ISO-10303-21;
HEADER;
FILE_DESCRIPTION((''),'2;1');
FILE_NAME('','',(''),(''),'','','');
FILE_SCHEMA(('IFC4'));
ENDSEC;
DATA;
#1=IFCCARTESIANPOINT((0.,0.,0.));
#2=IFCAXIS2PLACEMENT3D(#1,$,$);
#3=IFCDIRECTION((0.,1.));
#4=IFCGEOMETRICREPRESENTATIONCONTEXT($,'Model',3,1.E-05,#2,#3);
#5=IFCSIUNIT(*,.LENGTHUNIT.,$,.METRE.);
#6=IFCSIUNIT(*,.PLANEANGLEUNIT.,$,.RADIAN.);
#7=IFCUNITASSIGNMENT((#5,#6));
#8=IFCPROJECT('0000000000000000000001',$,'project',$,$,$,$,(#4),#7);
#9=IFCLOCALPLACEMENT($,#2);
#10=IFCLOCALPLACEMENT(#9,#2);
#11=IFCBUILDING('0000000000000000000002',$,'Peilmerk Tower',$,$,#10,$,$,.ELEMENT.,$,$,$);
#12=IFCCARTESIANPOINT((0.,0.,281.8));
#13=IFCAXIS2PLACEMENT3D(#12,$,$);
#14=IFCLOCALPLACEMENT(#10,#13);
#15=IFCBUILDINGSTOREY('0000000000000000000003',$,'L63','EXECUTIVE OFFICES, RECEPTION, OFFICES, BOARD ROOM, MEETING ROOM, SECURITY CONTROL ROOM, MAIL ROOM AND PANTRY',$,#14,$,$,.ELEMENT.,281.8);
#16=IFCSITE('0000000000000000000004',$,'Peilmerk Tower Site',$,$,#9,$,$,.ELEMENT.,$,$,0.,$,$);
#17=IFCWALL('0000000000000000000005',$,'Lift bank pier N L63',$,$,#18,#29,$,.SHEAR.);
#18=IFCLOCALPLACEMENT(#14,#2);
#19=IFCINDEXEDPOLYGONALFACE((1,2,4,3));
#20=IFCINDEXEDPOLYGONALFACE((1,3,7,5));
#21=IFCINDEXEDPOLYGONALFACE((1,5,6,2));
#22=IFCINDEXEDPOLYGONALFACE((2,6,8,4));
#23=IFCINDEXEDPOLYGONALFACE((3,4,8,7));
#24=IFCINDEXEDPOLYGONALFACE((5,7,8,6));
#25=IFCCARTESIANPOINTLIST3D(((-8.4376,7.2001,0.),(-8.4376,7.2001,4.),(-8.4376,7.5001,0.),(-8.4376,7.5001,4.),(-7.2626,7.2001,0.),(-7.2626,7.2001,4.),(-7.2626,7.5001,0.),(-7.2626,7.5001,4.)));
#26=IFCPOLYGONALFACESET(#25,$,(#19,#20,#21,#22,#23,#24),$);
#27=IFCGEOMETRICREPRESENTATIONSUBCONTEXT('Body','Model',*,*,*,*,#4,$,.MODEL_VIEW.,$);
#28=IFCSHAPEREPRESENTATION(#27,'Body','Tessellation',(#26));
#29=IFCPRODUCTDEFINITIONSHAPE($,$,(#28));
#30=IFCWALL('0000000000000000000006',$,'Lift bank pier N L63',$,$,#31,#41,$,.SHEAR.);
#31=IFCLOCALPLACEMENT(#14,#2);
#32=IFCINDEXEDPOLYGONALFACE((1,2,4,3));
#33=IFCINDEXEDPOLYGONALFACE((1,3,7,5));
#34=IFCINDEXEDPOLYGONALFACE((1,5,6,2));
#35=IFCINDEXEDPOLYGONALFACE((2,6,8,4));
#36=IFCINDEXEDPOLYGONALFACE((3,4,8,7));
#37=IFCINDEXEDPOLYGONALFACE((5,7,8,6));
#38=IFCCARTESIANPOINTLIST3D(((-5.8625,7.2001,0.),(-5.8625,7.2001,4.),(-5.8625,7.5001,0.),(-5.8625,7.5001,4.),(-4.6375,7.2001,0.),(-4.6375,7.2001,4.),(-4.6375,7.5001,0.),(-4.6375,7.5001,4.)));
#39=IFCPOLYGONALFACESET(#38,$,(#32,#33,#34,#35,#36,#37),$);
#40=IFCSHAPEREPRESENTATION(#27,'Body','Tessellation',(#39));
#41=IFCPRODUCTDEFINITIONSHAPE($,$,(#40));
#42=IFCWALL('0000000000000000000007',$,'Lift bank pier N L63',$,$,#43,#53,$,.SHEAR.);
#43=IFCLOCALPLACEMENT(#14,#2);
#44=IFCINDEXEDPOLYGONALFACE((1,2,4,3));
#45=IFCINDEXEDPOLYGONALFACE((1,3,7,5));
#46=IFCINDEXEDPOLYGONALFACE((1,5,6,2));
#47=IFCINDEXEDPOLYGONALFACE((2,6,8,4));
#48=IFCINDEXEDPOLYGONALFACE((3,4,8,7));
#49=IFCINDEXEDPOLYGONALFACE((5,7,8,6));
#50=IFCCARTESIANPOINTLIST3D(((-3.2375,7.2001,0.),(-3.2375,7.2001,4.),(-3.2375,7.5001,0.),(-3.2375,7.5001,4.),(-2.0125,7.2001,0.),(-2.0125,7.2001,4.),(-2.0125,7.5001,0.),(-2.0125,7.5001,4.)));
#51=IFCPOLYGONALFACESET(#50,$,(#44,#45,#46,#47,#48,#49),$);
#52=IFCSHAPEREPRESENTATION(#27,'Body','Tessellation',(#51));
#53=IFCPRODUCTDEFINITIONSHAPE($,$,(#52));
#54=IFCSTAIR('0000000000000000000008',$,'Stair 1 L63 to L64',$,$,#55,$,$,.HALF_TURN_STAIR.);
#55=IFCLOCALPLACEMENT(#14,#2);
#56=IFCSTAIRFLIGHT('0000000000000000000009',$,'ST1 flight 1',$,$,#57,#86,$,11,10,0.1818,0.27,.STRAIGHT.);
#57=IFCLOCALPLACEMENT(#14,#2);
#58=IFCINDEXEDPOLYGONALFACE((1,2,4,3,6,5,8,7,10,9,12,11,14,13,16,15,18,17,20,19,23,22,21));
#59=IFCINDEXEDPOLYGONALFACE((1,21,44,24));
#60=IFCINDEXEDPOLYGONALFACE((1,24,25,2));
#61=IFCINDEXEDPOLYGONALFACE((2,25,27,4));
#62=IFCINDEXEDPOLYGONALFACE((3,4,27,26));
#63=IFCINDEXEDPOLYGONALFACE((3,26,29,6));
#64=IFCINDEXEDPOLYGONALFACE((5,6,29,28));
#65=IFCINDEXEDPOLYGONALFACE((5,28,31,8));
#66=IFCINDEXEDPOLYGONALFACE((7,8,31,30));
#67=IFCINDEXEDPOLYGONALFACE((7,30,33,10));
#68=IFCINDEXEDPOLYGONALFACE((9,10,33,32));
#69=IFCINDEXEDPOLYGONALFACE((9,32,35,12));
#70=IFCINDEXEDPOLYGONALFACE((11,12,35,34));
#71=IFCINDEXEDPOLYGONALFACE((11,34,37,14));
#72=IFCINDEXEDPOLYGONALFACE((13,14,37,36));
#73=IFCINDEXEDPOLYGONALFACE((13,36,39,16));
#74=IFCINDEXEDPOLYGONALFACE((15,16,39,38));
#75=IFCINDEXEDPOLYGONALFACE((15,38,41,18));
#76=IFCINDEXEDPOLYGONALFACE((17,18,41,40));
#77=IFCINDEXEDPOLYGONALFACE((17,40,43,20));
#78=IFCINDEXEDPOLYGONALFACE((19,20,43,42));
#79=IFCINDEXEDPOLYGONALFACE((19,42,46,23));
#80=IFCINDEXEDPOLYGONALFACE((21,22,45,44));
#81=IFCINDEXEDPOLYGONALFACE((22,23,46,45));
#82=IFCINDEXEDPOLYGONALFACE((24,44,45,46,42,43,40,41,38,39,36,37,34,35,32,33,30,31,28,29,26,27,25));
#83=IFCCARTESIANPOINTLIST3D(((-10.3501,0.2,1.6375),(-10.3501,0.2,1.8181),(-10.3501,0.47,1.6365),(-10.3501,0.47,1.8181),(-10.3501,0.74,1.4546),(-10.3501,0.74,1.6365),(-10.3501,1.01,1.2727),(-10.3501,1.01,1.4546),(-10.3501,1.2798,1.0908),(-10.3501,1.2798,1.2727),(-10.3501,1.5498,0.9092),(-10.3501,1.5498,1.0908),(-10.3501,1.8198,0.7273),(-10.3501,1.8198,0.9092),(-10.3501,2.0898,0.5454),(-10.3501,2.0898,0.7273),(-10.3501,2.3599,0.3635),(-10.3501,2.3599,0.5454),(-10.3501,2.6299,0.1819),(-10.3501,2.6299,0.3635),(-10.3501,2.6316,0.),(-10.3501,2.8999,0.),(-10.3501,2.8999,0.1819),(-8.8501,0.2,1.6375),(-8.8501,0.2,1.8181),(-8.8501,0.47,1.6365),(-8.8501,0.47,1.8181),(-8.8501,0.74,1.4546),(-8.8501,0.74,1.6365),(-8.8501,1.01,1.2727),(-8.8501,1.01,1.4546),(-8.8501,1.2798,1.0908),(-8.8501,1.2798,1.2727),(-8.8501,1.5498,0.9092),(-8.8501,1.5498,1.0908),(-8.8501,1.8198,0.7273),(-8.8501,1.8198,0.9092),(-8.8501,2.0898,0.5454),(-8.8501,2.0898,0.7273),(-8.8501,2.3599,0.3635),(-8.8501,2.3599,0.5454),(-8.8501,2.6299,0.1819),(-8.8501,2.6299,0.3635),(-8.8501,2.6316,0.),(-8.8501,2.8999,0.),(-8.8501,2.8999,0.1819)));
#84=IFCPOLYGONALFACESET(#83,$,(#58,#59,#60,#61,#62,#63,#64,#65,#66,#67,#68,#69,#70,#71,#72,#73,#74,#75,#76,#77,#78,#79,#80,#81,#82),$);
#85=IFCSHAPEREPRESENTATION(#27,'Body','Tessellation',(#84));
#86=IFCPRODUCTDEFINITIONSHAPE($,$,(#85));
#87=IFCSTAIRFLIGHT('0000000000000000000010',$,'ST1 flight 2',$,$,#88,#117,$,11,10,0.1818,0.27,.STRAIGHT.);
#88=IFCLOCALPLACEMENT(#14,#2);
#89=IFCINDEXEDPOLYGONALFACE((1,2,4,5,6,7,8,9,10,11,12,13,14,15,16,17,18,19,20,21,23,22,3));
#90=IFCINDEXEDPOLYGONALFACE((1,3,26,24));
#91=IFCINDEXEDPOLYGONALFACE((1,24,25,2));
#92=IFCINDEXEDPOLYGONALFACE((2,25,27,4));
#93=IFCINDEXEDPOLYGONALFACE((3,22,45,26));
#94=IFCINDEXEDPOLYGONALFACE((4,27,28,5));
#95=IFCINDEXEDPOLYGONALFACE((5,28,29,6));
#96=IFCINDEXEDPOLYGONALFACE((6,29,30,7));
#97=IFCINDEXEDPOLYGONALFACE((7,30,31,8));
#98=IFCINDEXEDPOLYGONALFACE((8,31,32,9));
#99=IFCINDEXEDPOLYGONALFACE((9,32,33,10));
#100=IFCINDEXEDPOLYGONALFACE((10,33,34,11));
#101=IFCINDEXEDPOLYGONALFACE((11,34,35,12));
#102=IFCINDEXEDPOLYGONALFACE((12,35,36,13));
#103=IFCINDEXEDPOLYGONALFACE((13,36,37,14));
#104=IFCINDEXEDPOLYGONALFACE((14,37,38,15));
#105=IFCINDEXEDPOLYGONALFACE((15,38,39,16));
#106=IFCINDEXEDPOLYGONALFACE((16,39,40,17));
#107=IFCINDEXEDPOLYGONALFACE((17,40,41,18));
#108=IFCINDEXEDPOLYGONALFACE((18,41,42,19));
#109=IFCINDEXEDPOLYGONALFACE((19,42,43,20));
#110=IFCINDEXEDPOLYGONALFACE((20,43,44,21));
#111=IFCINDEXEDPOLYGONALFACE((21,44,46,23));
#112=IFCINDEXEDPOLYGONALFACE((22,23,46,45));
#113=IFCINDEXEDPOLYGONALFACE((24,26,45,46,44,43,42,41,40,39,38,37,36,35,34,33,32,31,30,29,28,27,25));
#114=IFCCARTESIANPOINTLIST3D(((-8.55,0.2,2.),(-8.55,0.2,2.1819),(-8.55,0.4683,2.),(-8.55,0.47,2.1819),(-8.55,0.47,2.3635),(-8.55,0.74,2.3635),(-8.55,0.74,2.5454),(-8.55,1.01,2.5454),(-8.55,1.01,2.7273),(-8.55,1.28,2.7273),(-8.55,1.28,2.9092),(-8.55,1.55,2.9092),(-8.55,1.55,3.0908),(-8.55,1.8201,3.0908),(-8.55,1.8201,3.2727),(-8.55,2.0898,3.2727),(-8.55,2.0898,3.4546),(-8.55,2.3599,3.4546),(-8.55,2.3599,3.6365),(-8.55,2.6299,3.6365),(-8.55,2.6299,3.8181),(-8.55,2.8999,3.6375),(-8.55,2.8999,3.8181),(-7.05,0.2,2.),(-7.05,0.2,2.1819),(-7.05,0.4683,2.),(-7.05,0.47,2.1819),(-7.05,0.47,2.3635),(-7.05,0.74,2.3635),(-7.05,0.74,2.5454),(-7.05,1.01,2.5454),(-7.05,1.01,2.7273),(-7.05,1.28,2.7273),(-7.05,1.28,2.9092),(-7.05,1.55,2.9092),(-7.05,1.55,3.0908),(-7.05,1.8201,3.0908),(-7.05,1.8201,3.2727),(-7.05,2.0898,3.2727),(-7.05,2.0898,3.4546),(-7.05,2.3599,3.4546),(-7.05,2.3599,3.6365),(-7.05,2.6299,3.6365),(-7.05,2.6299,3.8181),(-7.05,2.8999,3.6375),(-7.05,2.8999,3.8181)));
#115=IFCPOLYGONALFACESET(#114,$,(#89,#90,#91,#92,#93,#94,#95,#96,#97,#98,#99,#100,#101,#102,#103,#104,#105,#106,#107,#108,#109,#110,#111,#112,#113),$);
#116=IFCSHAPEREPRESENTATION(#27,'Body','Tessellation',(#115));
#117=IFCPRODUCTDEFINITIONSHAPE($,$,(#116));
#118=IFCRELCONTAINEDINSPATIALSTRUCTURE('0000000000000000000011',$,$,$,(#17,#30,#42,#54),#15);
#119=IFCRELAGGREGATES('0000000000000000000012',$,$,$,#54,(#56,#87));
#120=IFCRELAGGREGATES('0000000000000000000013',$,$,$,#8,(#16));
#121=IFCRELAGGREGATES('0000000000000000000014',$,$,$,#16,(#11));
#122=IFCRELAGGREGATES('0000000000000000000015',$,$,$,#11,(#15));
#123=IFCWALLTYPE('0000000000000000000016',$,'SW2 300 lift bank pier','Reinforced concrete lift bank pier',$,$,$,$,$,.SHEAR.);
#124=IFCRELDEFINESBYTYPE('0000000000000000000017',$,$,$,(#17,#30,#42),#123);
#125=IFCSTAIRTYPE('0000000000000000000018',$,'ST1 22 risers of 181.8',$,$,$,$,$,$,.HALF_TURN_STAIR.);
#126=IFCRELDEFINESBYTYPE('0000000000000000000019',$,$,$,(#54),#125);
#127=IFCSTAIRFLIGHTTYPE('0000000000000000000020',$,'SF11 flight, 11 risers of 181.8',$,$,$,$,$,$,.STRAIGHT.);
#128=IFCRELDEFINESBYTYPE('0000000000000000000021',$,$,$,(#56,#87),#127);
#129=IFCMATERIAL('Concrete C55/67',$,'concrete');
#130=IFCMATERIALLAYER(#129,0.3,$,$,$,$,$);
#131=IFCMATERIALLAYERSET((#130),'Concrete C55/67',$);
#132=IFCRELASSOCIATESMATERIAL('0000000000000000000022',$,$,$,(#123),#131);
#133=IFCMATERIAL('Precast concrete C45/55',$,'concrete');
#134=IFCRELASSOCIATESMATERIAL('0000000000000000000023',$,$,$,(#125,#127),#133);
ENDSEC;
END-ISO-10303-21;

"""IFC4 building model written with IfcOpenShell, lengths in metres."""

from ifc_helpers import new_model, si_unit, direction, frame, frame_2d, origin, place, context, subcontext, project, spatial, polyline, rectangle, outline, extrude, material, layer, layer_set, type_object, element, aggregate, save


model = new_model("IFC4")

# Units and contexts
model_context = context("Model", 3, precision=1e-05, world=origin(), true_north=direction((0.0, 1.0)))
body_context = subcontext(model_context, "Body", "Model", "MODEL_VIEW")
ifc_project = project(units=[si_unit("LENGTHUNIT", "METRE"), si_unit("PLANEANGLEUNIT", "RADIAN")], contexts=[model_context])

# Site, building, storey
site_placement = place(None, origin())
site = spatial("IfcSite", under=ifc_project, at=site_placement, Name="Peilmerk Tower Site", CompositionType="ELEMENT", RefElevation=0.0)
building_placement = place(site_placement, origin())
building = spatial("IfcBuilding", under=site, at=building_placement, Name="Peilmerk Tower", CompositionType="ELEMENT")
storey_placement = place(building_placement, frame((0.0, 0.0, 281.8)))
storey = spatial("IfcBuildingStorey", under=building, at=storey_placement, Name="L63", Description="EXECUTIVE OFFICES, RECEPTION, OFFICES, BOARD ROOM, MEETING ROOM, SECURITY CONTROL ROOM, MAIL ROOM AND PANTRY", CompositionType="ELEMENT", Elevation=281.8)

# Shared definitions
ifc_material_1 = material(Name="Concrete C55/67", Category="concrete")

# Walls
ifc_layer_1 = layer(ifc_material_1, 0.3)
ifc_layer_set_1 = layer_set([ifc_layer_1], Name="Concrete C55/67")
wall_type_1 = type_object("IfcWallType", Name="SW2 300 lift bank pier", Description="Reinforced concrete lift bank pier", PredefinedType="SHEAR", material=ifc_layer_set_1)
wall_1_placement = place(storey_placement, frame((-8.4375, 7.3501, 0.0), z_axis=(0.0, 0.0, 1.0), x_axis=(1.0, 0.0, 0.0)))
element("IfcWall", 1, at=wall_1_placement, inside=storey, type_object=wall_type_1, Name="Lift bank pier N L63", PredefinedType="SHEAR", context=body_context, shape_type="SweptSolid", body=[
    extrude(rectangle(XDim=1.175, YDim=0.3, at=frame_2d((0.5874, 0.0))), origin(), (0.0, 0.0, 1.0), 4.0),
])
for number, where, z_axis, x_axis, name in (
    (2, (-5.8625, 7.3501, 0.0), (0.0, 0.0, 1.0), (1.0, 0.0, 0.0), "Lift bank pier N L63"),
    (3, (-3.2375, 7.3501, 0.0), (0.0, 0.0, 1.0), (1.0, 0.0, 0.0), "Lift bank pier N L63"),
):
    element("IfcWall", number, at=place(storey_placement, frame(where, z_axis=z_axis, x_axis=x_axis)), inside=storey, type_object=wall_type_1, Name=name, PredefinedType="SHEAR", context=body_context, shape_type="SweptSolid", body=[
        extrude(rectangle(XDim=1.2251, YDim=0.3, at=frame_2d((0.6125, 0.0))), origin(), (0.0, 0.0, 1.0), 4.0),
    ])

# Stair, stair flights
ifc_material_2 = material(Name="Precast concrete C45/55", Category="concrete")
stair_type = type_object("IfcStairType", Name="ST1 22 risers of 181.8", PredefinedType="HALF_TURN_STAIR", material=ifc_material_2)
stair_placement = place(storey_placement, origin())
stair = element("IfcStair", 4, at=stair_placement, inside=storey, type_object=stair_type, Name="Stair 1 L63 to L64", PredefinedType="HALF_TURN_STAIR")
stair_flight_type = type_object("IfcStairFlightType", Name="SF11 flight, 11 risers of 181.8", PredefinedType="STRAIGHT", material=ifc_material_2)
stair_flight_1_placement = place(storey_placement, frame((-9.6001, 2.8999, 0.0), z_axis=(0.0, 0.0, 1.0), x_axis=(0.0, -1.0, 0.0)))
stair_flight_1 = element("IfcStairFlight", 5, at=stair_flight_1_placement, type_object=stair_flight_type, Name="ST1 flight 1", NumberOfRisers=11, NumberOfTreads=10, PredefinedType="STRAIGHT", RiserHeight=0.1818, TreadLength=0.27, context=body_context, shape_type="SweptSolid", body=[
    extrude(outline(polyline([(0.0, 0.0), (0.0, 0.1819), (0.27, 0.1819), (0.27, 0.3635), (0.54, 0.3635), (0.54, 0.5454), (0.8101, 0.5454), (0.8101, 0.7273), (1.0801, 0.7273), (1.0801, 0.9092), (1.3501, 0.9092), (1.3501, 1.0908), (1.6201, 1.0908), (1.6201, 1.2727), (1.8899, 1.2727), (1.8899, 1.4546), (2.1599, 1.4546), (2.1599, 1.6365), (2.4299, 1.6365), (2.4299, 1.8181), (2.7, 1.8181), (2.7, 2.0), (2.7, 1.6375), (0.2683, 0.0), (0.0, 0.0)])), frame((0.0, 0.75, 0.0), z_axis=(0.0, -1.0, 0.0), x_axis=(1.0, 0.0, 0.0)), (0.0, 0.0, 1.0), 1.5),
])
stair_flight_2_placement = place(storey_placement, frame((-7.8, 0.2, 2.0), z_axis=(0.0, 0.0, 1.0), x_axis=(0.0, 1.0, 0.0)))
stair_flight_2 = element("IfcStairFlight", 6, at=stair_flight_2_placement, type_object=stair_flight_type, Name="ST1 flight 2", NumberOfRisers=11, NumberOfTreads=10, PredefinedType="STRAIGHT", RiserHeight=0.1818, TreadLength=0.27, context=body_context, shape_type="SweptSolid", body=[
    extrude(outline(polyline([(0.0, 0.0), (0.0, 0.1819), (0.27, 0.1819), (0.27, 0.3635), (0.54, 0.3635), (0.54, 0.5454), (0.8101, 0.5454), (0.8101, 0.7273), (1.0801, 0.7273), (1.0801, 0.9092), (1.3501, 0.9092), (1.3501, 1.0908), (1.6201, 1.0908), (1.6201, 1.2727), (1.8899, 1.2727), (1.8899, 1.4546), (2.1599, 1.4546), (2.1599, 1.6365), (2.4299, 1.6365), (2.4299, 1.8181), (2.7, 1.8181), (2.7, 2.0), (2.7, 1.6375), (0.2683, 0.0), (0.0, 0.0)])), frame((0.0, 0.75, 0.0), z_axis=(0.0, -1.0, 0.0), x_axis=(1.0, 0.0, 0.0)), (0.0, 0.0, 1.0), 1.5),
])
aggregate(stair, [stair_flight_1, stair_flight_2])

save(model, "model.ifc")
